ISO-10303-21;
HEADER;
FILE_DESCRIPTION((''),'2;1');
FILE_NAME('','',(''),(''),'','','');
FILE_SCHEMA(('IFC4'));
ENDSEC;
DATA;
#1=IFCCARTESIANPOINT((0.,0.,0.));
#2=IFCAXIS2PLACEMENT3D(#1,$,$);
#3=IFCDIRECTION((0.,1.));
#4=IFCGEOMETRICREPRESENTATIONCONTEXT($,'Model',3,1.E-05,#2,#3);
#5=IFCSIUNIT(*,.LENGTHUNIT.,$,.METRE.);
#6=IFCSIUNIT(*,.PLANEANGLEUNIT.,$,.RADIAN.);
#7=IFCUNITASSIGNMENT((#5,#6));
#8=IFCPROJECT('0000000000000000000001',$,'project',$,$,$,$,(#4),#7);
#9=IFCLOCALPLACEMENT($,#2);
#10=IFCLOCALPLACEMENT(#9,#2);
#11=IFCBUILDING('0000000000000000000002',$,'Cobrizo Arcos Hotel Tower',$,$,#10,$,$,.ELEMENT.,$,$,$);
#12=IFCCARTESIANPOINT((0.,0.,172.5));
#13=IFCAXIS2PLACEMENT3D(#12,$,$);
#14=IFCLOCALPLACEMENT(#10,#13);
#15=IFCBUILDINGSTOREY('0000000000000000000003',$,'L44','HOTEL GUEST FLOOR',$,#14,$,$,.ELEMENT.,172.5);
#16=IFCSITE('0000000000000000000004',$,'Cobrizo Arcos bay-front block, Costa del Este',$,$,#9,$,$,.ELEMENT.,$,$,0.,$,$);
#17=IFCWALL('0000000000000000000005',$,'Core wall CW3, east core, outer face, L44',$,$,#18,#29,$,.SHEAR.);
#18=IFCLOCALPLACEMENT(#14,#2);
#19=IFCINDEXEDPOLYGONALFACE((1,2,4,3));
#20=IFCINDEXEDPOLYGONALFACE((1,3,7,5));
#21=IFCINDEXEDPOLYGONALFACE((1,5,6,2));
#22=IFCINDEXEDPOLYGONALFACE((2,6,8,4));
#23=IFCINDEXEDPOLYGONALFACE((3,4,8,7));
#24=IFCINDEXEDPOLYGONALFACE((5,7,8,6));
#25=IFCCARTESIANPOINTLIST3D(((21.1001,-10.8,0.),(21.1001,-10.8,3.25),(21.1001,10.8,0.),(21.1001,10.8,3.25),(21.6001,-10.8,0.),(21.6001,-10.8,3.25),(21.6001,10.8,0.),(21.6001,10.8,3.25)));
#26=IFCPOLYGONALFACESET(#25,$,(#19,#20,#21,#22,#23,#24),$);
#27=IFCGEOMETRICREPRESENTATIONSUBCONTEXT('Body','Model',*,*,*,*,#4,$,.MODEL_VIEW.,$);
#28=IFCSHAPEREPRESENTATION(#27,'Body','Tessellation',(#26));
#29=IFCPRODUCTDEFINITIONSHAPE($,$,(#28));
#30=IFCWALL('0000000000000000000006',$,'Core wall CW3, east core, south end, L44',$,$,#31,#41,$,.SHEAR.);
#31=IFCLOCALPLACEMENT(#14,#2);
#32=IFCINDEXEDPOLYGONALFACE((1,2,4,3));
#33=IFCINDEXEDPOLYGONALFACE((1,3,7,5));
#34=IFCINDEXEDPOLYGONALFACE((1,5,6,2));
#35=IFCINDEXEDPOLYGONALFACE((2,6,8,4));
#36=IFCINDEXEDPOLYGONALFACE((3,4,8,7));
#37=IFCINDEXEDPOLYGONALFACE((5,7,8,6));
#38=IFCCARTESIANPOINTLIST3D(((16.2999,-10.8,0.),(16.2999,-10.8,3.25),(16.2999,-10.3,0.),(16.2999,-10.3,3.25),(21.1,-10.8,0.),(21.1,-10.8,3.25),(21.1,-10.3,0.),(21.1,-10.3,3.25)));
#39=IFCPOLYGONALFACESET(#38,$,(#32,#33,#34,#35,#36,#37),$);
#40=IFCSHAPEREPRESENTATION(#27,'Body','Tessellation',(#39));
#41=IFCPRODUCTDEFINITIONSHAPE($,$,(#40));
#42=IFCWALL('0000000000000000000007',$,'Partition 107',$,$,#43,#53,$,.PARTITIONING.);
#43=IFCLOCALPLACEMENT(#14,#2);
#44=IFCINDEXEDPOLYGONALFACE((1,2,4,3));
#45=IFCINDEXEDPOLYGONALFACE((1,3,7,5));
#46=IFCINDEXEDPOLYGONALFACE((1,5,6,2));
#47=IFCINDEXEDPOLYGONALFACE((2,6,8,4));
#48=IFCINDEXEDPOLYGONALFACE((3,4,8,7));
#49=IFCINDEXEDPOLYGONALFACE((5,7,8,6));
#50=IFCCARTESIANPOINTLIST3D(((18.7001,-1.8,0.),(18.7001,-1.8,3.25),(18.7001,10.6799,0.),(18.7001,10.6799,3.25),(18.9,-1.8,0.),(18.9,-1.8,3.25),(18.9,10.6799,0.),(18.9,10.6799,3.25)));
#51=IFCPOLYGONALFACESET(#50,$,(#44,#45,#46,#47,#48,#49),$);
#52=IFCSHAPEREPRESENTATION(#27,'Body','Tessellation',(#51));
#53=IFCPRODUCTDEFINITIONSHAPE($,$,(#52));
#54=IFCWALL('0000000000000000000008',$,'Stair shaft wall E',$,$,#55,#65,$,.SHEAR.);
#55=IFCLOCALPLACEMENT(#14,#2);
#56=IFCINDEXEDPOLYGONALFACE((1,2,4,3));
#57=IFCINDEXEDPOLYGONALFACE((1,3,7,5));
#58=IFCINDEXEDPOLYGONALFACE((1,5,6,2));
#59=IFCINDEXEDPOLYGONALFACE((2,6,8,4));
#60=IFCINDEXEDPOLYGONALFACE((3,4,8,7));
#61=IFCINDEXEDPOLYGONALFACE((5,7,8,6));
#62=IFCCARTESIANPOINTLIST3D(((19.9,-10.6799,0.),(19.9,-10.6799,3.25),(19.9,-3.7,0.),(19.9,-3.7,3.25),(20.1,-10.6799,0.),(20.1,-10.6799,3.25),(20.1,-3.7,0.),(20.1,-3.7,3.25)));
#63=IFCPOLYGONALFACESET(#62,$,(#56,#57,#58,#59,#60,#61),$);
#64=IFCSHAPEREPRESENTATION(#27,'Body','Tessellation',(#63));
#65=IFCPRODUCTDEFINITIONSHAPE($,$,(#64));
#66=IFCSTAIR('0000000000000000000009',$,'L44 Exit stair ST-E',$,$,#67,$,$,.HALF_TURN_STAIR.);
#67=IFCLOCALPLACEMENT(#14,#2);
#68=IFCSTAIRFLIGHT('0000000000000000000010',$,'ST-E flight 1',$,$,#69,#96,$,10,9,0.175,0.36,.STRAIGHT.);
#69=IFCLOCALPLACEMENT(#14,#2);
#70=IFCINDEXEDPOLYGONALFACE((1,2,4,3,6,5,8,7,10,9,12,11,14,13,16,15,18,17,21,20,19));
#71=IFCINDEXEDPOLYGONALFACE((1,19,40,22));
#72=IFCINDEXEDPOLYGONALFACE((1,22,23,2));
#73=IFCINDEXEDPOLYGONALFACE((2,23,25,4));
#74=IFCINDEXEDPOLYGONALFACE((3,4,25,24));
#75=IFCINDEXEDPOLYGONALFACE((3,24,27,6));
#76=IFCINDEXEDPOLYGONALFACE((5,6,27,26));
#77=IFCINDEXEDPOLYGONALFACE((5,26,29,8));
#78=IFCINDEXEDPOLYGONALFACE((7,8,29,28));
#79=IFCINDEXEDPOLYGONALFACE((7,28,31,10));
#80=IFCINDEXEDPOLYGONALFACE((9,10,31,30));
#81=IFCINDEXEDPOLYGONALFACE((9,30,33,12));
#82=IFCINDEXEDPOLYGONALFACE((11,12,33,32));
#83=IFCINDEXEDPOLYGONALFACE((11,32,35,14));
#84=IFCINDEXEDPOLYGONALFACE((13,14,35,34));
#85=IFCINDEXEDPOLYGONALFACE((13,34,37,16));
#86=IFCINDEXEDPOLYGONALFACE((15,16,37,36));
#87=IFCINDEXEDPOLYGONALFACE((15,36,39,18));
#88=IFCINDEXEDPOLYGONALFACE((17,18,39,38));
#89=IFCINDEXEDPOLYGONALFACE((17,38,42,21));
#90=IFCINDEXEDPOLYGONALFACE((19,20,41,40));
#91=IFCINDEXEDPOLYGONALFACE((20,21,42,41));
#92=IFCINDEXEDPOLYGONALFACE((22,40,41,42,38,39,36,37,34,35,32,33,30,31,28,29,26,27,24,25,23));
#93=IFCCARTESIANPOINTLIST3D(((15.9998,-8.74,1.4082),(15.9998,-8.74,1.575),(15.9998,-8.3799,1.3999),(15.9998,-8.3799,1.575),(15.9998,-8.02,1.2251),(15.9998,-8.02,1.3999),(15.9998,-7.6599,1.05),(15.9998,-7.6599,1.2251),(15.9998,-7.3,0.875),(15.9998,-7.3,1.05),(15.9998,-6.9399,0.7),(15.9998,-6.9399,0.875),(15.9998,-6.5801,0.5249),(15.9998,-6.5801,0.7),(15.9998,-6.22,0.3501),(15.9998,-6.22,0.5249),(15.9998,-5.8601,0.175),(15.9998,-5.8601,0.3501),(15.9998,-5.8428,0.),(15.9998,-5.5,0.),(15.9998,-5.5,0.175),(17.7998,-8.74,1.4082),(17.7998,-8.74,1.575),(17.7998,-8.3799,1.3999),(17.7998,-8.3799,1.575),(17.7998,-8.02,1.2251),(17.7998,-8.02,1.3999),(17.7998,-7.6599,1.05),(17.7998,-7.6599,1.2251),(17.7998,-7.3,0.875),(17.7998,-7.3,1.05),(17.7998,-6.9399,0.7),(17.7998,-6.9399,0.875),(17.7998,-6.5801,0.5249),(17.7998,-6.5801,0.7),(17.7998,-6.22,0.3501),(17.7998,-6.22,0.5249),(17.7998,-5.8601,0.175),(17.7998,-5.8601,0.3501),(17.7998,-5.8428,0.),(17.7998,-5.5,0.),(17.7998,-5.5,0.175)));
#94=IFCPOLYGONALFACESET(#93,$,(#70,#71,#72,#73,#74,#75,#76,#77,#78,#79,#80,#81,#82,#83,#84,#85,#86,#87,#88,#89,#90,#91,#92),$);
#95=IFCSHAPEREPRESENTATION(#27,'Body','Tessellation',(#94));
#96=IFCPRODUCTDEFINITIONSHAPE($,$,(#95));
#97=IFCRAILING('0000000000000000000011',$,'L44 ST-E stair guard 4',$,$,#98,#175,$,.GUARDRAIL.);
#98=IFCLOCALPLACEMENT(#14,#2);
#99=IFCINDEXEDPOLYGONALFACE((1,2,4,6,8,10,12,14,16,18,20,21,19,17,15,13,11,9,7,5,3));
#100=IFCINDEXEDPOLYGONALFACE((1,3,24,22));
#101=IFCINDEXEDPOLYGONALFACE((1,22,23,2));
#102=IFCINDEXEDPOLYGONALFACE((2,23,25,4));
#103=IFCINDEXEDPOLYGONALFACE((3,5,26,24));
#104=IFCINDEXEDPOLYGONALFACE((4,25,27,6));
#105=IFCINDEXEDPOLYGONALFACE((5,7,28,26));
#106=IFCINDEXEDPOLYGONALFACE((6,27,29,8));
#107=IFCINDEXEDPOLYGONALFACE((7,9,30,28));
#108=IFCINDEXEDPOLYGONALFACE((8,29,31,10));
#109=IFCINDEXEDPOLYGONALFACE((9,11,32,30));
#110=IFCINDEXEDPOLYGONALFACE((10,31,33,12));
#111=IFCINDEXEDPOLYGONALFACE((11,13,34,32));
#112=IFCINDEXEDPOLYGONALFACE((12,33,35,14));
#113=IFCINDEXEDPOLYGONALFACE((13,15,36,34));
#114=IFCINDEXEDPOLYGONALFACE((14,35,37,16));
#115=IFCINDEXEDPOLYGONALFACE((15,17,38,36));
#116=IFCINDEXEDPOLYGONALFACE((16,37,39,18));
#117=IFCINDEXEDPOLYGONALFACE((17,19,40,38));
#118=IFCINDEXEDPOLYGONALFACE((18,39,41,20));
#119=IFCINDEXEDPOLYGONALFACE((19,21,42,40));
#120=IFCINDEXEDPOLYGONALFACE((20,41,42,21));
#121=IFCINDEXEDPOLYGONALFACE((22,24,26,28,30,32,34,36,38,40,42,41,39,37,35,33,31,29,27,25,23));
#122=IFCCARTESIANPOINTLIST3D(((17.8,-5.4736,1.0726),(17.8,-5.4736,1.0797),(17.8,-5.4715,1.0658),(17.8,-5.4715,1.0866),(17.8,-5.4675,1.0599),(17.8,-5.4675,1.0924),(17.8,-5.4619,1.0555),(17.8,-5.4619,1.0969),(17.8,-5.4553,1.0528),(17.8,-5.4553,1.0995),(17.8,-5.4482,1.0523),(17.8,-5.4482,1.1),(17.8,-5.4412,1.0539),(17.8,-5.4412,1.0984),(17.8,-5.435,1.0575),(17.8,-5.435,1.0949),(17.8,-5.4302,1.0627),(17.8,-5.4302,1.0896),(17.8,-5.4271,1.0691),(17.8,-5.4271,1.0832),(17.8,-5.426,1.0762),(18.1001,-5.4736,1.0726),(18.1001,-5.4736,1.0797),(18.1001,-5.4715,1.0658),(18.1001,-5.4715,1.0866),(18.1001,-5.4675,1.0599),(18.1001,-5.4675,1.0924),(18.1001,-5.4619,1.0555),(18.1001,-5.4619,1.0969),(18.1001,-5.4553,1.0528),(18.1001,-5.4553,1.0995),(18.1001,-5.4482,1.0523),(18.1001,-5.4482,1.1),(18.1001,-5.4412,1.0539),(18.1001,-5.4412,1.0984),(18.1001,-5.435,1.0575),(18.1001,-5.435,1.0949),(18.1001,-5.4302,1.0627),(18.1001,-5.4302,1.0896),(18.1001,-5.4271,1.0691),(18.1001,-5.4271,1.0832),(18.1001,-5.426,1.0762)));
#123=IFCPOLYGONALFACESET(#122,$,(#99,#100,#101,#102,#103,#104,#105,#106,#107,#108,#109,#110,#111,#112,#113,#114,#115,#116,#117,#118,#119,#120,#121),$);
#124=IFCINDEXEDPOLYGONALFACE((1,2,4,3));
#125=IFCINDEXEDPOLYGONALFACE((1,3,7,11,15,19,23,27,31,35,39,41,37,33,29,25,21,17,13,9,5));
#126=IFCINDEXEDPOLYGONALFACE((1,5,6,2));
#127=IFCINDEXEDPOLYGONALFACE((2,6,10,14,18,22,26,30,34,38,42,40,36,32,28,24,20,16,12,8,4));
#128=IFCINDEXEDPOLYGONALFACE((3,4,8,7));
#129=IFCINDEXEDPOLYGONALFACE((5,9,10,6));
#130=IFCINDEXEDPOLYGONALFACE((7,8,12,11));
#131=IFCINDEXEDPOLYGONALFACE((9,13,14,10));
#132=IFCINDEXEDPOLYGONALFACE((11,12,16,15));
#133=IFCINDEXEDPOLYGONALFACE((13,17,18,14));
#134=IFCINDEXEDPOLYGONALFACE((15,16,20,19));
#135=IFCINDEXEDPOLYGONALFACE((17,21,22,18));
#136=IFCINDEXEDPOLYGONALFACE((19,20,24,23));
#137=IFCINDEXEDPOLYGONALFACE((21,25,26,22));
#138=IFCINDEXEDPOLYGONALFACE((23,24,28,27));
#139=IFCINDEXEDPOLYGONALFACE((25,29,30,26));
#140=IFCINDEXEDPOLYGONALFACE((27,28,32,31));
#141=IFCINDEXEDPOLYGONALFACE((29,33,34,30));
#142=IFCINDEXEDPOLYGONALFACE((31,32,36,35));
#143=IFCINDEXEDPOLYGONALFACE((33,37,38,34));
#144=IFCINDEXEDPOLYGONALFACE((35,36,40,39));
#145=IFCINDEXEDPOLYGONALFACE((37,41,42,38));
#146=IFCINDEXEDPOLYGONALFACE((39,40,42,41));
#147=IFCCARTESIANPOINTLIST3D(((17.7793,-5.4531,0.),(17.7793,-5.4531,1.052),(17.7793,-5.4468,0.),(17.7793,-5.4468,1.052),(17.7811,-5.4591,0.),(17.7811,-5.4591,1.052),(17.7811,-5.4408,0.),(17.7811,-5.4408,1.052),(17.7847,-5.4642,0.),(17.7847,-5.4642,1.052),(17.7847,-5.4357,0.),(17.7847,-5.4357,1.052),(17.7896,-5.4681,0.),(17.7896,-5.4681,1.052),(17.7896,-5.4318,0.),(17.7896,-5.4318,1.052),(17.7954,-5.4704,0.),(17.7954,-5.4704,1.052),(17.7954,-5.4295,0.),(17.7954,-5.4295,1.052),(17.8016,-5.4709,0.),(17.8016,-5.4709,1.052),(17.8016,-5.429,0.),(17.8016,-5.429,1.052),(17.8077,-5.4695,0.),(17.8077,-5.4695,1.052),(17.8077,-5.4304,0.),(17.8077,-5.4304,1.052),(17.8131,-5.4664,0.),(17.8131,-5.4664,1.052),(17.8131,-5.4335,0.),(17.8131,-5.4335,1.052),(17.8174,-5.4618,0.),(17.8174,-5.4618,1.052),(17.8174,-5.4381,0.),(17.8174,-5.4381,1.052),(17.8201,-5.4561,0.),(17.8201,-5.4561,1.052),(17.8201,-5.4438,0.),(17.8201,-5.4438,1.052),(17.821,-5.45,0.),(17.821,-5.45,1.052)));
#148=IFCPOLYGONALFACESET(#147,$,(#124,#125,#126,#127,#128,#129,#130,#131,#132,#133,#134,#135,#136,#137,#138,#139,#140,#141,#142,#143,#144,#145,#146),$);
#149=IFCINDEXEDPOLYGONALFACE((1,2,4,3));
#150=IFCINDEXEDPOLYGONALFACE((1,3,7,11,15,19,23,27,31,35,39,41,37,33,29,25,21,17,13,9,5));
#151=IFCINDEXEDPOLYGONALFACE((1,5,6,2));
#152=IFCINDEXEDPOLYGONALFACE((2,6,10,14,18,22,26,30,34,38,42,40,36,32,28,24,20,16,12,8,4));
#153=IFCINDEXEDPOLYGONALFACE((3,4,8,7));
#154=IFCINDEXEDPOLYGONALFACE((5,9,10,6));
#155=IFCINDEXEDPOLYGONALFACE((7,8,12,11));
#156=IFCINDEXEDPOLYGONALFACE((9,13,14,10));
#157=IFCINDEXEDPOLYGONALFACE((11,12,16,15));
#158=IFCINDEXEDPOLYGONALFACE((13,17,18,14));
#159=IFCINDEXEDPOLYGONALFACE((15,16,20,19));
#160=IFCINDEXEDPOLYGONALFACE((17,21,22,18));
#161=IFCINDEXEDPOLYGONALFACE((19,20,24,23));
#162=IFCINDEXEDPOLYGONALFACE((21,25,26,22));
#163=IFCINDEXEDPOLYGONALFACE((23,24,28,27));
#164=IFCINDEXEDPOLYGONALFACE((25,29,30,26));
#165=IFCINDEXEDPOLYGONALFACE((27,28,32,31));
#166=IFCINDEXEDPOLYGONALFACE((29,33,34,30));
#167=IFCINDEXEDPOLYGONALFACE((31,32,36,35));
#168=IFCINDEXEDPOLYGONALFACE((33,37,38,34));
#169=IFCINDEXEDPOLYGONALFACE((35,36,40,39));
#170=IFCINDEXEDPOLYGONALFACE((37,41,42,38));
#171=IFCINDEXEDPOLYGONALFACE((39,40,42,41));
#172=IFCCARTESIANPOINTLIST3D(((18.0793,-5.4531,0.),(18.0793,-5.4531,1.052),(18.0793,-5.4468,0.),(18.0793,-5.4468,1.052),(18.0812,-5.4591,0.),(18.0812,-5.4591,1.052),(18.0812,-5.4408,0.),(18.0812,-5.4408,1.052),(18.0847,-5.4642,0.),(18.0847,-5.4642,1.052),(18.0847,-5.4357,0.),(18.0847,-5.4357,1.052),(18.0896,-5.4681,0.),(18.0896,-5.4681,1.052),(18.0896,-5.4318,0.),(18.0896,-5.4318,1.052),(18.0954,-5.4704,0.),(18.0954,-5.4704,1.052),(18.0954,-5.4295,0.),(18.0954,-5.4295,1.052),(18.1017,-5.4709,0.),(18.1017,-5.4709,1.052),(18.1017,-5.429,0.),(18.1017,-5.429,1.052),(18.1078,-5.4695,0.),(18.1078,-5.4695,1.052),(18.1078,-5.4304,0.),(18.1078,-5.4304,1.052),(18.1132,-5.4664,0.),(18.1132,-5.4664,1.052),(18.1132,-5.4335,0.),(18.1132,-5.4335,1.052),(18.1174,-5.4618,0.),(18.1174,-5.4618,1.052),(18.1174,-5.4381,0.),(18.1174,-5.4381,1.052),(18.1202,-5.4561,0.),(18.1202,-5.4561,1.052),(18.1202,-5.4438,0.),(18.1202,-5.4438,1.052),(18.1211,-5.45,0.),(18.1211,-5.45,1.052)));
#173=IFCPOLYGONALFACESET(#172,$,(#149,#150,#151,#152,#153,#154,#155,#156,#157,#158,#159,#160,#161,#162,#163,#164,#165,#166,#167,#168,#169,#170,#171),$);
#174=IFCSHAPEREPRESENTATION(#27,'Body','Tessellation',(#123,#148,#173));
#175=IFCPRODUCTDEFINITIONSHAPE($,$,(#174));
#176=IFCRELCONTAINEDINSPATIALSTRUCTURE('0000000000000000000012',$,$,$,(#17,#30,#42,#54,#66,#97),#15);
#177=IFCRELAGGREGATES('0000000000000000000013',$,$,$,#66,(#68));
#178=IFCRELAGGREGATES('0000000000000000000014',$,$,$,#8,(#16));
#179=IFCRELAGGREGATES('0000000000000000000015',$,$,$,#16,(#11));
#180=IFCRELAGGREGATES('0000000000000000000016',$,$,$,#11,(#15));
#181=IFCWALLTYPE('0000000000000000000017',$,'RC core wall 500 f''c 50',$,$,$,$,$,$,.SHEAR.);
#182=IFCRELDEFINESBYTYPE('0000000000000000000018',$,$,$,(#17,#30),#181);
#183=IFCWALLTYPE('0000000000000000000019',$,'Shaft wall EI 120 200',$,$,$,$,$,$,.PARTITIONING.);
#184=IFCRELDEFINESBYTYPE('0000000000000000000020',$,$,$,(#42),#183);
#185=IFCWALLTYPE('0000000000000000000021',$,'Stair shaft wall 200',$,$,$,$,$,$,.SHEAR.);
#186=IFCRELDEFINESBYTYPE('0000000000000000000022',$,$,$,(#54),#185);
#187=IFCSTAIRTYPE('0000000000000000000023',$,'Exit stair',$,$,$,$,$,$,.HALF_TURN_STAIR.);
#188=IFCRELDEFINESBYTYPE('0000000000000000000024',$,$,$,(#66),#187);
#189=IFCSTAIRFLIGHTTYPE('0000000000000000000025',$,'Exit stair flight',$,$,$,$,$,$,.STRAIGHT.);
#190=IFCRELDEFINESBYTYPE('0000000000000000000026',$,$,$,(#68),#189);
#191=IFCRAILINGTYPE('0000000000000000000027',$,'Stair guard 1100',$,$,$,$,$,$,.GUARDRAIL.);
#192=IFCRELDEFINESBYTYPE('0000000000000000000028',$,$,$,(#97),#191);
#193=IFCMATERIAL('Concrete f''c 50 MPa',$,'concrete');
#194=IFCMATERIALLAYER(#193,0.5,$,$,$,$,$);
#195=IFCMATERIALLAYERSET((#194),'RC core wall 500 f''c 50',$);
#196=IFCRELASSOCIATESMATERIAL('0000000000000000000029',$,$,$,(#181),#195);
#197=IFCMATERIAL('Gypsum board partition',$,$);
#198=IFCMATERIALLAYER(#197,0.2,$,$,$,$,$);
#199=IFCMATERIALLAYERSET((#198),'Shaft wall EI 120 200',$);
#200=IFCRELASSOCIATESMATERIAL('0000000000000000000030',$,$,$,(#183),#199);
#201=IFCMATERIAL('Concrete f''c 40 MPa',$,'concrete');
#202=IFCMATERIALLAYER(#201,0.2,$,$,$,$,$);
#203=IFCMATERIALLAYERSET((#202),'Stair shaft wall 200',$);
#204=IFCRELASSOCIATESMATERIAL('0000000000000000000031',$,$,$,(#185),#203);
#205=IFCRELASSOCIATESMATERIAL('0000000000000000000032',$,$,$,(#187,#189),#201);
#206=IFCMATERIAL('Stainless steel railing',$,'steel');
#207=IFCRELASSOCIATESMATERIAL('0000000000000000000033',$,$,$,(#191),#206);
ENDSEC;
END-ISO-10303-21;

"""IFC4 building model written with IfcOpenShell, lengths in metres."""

from ifc_helpers import new_model, si_unit, direction, frame, frame_2d, origin, origin_2d, place, context, subcontext, project, spatial, polyline, rectangle, circle, outline, extrude, material, layer, layer_set, type_object, element, aggregate, save


model = new_model("IFC4")

# Units and contexts
model_context = context("Model", 3, precision=1e-05, world=origin(), true_north=direction((0.0, 1.0)))
body_context = subcontext(model_context, "Body", "Model", "MODEL_VIEW")
ifc_project = project(units=[si_unit("LENGTHUNIT", "METRE"), si_unit("PLANEANGLEUNIT", "RADIAN")], contexts=[model_context])

# Site, building, storey
site_placement = place(None, origin())
site = spatial("IfcSite", under=ifc_project, at=site_placement, Name="Cobrizo Arcos bay-front block, Costa del Este", CompositionType="ELEMENT", RefElevation=0.0)
building_placement = place(site_placement, origin())
building = spatial("IfcBuilding", under=site, at=building_placement, Name="Cobrizo Arcos Hotel Tower", CompositionType="ELEMENT")
storey_placement = place(building_placement, frame((0.0, 0.0, 172.5)))
storey = spatial("IfcBuildingStorey", under=building, at=storey_placement, Name="L44", Description="HOTEL GUEST FLOOR", CompositionType="ELEMENT", Elevation=172.5)

# Shared definitions
ifc_material_1 = material(Name="Concrete f'c 50 MPa", Category="concrete")
ifc_layer_1 = layer(ifc_material_1, 0.5)
ifc_layer_set_1 = layer_set([ifc_layer_1], Name="RC core wall 500 f'c 50")
wall_type_1 = type_object("IfcWallType", Name="RC core wall 500 f'c 50", PredefinedType="SHEAR", material=ifc_layer_set_1)

# Walls
wall_1_placement = place(storey_placement, frame((21.3501, -10.8, 0.0), z_axis=(0.0, 0.0, 1.0), x_axis=(0.0, 1.0, 0.0)))
element("IfcWall", 1, at=wall_1_placement, inside=storey, type_object=wall_type_1, Name="Core wall CW3, east core, outer face, L44", PredefinedType="SHEAR", context=body_context, shape_type="SweptSolid", body=[
    extrude(rectangle(XDim=21.6001, YDim=0.5, at=frame_2d((10.8, 0.0))), origin(), (0.0, 0.0, 1.0), 3.25),
])
wall_2_placement = place(storey_placement, frame((16.3, -10.55, 0.0), z_axis=(0.0, 0.0, 1.0), x_axis=(1.0, 0.0, 0.0)))
element("IfcWall", 2, at=wall_2_placement, inside=storey, type_object=wall_type_1, Name="Core wall CW3, east core, south end, L44", PredefinedType="SHEAR", context=body_context, shape_type="SweptSolid", body=[
    extrude(rectangle(XDim=4.8, YDim=0.5, at=frame_2d((2.3999, 0.0))), origin(), (0.0, 0.0, 1.0), 3.25),
])
ifc_material_2 = material(Name="Gypsum board partition")
ifc_layer_2 = layer(ifc_material_2, 0.2)
ifc_layer_set_2 = layer_set([ifc_layer_2], Name="Shaft wall EI 120 200")
wall_type_2 = type_object("IfcWallType", Name="Shaft wall EI 120 200", PredefinedType="PARTITIONING", material=ifc_layer_set_2)
wall_3_placement = place(storey_placement, frame((18.8, -1.8, 0.0), z_axis=(0.0, 0.0, 1.0), x_axis=(0.0, 1.0, 0.0)))
element("IfcWall", 3, at=wall_3_placement, inside=storey, type_object=wall_type_2, Name="Partition 107", PredefinedType="PARTITIONING", context=body_context, shape_type="SweptSolid", body=[
    extrude(rectangle(XDim=12.48, YDim=0.2, at=frame_2d((6.24, 0.0))), origin(), (0.0, 0.0, 1.0), 3.25),
])
ifc_material_3 = material(Name="Concrete f'c 40 MPa", Category="concrete")
ifc_layer_3 = layer(ifc_material_3, 0.2)
ifc_layer_set_3 = layer_set([ifc_layer_3], Name="Stair shaft wall 200")
wall_type_3 = type_object("IfcWallType", Name="Stair shaft wall 200", PredefinedType="SHEAR", material=ifc_layer_set_3)
wall_4_placement = place(storey_placement, frame((20.0, -10.6799, 0.0), z_axis=(0.0, 0.0, 1.0), x_axis=(0.0, 1.0, 0.0)))
element("IfcWall", 4, at=wall_4_placement, inside=storey, type_object=wall_type_3, Name="Stair shaft wall E", PredefinedType="SHEAR", context=body_context, shape_type="SweptSolid", body=[
    extrude(rectangle(XDim=6.98, YDim=0.2, at=frame_2d((3.49, 0.0))), origin(), (0.0, 0.0, 1.0), 3.25),
])

# Stair, stair flight
stair_type = type_object("IfcStairType", Name="Exit stair", PredefinedType="HALF_TURN_STAIR", material=ifc_material_3)
stair_placement = place(storey_placement, origin())
stair = element("IfcStair", 5, at=stair_placement, inside=storey, type_object=stair_type, Name="L44 Exit stair ST-E", PredefinedType="HALF_TURN_STAIR")
stair_flight_type = type_object("IfcStairFlightType", Name="Exit stair flight", PredefinedType="STRAIGHT", material=ifc_material_3)
stair_flight_placement = place(storey_placement, frame((16.8999, -5.5, 0.0), z_axis=(0.0, 0.0, 1.0), x_axis=(0.0, -1.0, 0.0)))
stair_flight = element("IfcStairFlight", 6, at=stair_flight_placement, type_object=stair_flight_type, Name="ST-E flight 1", NumberOfRisers=10, NumberOfTreads=9, PredefinedType="STRAIGHT", RiserHeight=0.175, TreadLength=0.36, context=body_context, shape_type="SweptSolid", body=[
    extrude(outline(polyline([(0.0, 0.0), (0.0, 0.175), (0.3601, 0.175), (0.3601, 0.3501), (0.72, 0.3501), (0.72, 0.5249), (1.0801, 0.5249), (1.0801, 0.7), (1.4399, 0.7), (1.4399, 0.875), (1.8, 0.875), (1.8, 1.05), (2.1599, 1.05), (2.1599, 1.2251), (2.52, 1.2251), (2.52, 1.3999), (2.8799, 1.3999), (2.8799, 1.575), (3.24, 1.575), (3.24, 1.75), (3.24, 1.4082), (0.3428, 0.0), (0.0, 0.0)])), frame((0.0, 0.8999, 0.0), z_axis=(0.0, -1.0, 0.0), x_axis=(1.0, 0.0, 0.0)), (0.0, 0.0, 1.0), 1.8),
])
aggregate(stair, [stair_flight])

# Railing
ifc_material_4 = material(Name="Stainless steel railing", Category="steel")
railing_type = type_object("IfcRailingType", Name="Stair guard 1100", PredefinedType="GUARDRAIL", material=ifc_material_4)
railing_placement = place(storey_placement, frame((17.8, -5.45, 0.0)))
element("IfcRailing", 7, at=railing_placement, inside=storey, type_object=railing_type, Name="L44 ST-E stair guard 4", PredefinedType="GUARDRAIL", context=body_context, shape_type="SweptSolid", body=[
    extrude(circle(Radius=0.0239, at=origin_2d()), frame((0.0, 0.0, 1.0762), z_axis=(1.0, 0.0, 0.0), x_axis=(0.0, 1.0, 0.0)), (0.0, 0.0, 1.0), 0.3),
    extrude(circle(Radius=0.021, at=origin_2d()), origin(), (0.0, 0.0, 1.0), 1.052),
    extrude(circle(Radius=0.021, at=origin_2d()), frame((0.3, 0.0, 0.0)), (0.0, 0.0, 1.0), 1.052),
])

save(model, "model.ifc")
